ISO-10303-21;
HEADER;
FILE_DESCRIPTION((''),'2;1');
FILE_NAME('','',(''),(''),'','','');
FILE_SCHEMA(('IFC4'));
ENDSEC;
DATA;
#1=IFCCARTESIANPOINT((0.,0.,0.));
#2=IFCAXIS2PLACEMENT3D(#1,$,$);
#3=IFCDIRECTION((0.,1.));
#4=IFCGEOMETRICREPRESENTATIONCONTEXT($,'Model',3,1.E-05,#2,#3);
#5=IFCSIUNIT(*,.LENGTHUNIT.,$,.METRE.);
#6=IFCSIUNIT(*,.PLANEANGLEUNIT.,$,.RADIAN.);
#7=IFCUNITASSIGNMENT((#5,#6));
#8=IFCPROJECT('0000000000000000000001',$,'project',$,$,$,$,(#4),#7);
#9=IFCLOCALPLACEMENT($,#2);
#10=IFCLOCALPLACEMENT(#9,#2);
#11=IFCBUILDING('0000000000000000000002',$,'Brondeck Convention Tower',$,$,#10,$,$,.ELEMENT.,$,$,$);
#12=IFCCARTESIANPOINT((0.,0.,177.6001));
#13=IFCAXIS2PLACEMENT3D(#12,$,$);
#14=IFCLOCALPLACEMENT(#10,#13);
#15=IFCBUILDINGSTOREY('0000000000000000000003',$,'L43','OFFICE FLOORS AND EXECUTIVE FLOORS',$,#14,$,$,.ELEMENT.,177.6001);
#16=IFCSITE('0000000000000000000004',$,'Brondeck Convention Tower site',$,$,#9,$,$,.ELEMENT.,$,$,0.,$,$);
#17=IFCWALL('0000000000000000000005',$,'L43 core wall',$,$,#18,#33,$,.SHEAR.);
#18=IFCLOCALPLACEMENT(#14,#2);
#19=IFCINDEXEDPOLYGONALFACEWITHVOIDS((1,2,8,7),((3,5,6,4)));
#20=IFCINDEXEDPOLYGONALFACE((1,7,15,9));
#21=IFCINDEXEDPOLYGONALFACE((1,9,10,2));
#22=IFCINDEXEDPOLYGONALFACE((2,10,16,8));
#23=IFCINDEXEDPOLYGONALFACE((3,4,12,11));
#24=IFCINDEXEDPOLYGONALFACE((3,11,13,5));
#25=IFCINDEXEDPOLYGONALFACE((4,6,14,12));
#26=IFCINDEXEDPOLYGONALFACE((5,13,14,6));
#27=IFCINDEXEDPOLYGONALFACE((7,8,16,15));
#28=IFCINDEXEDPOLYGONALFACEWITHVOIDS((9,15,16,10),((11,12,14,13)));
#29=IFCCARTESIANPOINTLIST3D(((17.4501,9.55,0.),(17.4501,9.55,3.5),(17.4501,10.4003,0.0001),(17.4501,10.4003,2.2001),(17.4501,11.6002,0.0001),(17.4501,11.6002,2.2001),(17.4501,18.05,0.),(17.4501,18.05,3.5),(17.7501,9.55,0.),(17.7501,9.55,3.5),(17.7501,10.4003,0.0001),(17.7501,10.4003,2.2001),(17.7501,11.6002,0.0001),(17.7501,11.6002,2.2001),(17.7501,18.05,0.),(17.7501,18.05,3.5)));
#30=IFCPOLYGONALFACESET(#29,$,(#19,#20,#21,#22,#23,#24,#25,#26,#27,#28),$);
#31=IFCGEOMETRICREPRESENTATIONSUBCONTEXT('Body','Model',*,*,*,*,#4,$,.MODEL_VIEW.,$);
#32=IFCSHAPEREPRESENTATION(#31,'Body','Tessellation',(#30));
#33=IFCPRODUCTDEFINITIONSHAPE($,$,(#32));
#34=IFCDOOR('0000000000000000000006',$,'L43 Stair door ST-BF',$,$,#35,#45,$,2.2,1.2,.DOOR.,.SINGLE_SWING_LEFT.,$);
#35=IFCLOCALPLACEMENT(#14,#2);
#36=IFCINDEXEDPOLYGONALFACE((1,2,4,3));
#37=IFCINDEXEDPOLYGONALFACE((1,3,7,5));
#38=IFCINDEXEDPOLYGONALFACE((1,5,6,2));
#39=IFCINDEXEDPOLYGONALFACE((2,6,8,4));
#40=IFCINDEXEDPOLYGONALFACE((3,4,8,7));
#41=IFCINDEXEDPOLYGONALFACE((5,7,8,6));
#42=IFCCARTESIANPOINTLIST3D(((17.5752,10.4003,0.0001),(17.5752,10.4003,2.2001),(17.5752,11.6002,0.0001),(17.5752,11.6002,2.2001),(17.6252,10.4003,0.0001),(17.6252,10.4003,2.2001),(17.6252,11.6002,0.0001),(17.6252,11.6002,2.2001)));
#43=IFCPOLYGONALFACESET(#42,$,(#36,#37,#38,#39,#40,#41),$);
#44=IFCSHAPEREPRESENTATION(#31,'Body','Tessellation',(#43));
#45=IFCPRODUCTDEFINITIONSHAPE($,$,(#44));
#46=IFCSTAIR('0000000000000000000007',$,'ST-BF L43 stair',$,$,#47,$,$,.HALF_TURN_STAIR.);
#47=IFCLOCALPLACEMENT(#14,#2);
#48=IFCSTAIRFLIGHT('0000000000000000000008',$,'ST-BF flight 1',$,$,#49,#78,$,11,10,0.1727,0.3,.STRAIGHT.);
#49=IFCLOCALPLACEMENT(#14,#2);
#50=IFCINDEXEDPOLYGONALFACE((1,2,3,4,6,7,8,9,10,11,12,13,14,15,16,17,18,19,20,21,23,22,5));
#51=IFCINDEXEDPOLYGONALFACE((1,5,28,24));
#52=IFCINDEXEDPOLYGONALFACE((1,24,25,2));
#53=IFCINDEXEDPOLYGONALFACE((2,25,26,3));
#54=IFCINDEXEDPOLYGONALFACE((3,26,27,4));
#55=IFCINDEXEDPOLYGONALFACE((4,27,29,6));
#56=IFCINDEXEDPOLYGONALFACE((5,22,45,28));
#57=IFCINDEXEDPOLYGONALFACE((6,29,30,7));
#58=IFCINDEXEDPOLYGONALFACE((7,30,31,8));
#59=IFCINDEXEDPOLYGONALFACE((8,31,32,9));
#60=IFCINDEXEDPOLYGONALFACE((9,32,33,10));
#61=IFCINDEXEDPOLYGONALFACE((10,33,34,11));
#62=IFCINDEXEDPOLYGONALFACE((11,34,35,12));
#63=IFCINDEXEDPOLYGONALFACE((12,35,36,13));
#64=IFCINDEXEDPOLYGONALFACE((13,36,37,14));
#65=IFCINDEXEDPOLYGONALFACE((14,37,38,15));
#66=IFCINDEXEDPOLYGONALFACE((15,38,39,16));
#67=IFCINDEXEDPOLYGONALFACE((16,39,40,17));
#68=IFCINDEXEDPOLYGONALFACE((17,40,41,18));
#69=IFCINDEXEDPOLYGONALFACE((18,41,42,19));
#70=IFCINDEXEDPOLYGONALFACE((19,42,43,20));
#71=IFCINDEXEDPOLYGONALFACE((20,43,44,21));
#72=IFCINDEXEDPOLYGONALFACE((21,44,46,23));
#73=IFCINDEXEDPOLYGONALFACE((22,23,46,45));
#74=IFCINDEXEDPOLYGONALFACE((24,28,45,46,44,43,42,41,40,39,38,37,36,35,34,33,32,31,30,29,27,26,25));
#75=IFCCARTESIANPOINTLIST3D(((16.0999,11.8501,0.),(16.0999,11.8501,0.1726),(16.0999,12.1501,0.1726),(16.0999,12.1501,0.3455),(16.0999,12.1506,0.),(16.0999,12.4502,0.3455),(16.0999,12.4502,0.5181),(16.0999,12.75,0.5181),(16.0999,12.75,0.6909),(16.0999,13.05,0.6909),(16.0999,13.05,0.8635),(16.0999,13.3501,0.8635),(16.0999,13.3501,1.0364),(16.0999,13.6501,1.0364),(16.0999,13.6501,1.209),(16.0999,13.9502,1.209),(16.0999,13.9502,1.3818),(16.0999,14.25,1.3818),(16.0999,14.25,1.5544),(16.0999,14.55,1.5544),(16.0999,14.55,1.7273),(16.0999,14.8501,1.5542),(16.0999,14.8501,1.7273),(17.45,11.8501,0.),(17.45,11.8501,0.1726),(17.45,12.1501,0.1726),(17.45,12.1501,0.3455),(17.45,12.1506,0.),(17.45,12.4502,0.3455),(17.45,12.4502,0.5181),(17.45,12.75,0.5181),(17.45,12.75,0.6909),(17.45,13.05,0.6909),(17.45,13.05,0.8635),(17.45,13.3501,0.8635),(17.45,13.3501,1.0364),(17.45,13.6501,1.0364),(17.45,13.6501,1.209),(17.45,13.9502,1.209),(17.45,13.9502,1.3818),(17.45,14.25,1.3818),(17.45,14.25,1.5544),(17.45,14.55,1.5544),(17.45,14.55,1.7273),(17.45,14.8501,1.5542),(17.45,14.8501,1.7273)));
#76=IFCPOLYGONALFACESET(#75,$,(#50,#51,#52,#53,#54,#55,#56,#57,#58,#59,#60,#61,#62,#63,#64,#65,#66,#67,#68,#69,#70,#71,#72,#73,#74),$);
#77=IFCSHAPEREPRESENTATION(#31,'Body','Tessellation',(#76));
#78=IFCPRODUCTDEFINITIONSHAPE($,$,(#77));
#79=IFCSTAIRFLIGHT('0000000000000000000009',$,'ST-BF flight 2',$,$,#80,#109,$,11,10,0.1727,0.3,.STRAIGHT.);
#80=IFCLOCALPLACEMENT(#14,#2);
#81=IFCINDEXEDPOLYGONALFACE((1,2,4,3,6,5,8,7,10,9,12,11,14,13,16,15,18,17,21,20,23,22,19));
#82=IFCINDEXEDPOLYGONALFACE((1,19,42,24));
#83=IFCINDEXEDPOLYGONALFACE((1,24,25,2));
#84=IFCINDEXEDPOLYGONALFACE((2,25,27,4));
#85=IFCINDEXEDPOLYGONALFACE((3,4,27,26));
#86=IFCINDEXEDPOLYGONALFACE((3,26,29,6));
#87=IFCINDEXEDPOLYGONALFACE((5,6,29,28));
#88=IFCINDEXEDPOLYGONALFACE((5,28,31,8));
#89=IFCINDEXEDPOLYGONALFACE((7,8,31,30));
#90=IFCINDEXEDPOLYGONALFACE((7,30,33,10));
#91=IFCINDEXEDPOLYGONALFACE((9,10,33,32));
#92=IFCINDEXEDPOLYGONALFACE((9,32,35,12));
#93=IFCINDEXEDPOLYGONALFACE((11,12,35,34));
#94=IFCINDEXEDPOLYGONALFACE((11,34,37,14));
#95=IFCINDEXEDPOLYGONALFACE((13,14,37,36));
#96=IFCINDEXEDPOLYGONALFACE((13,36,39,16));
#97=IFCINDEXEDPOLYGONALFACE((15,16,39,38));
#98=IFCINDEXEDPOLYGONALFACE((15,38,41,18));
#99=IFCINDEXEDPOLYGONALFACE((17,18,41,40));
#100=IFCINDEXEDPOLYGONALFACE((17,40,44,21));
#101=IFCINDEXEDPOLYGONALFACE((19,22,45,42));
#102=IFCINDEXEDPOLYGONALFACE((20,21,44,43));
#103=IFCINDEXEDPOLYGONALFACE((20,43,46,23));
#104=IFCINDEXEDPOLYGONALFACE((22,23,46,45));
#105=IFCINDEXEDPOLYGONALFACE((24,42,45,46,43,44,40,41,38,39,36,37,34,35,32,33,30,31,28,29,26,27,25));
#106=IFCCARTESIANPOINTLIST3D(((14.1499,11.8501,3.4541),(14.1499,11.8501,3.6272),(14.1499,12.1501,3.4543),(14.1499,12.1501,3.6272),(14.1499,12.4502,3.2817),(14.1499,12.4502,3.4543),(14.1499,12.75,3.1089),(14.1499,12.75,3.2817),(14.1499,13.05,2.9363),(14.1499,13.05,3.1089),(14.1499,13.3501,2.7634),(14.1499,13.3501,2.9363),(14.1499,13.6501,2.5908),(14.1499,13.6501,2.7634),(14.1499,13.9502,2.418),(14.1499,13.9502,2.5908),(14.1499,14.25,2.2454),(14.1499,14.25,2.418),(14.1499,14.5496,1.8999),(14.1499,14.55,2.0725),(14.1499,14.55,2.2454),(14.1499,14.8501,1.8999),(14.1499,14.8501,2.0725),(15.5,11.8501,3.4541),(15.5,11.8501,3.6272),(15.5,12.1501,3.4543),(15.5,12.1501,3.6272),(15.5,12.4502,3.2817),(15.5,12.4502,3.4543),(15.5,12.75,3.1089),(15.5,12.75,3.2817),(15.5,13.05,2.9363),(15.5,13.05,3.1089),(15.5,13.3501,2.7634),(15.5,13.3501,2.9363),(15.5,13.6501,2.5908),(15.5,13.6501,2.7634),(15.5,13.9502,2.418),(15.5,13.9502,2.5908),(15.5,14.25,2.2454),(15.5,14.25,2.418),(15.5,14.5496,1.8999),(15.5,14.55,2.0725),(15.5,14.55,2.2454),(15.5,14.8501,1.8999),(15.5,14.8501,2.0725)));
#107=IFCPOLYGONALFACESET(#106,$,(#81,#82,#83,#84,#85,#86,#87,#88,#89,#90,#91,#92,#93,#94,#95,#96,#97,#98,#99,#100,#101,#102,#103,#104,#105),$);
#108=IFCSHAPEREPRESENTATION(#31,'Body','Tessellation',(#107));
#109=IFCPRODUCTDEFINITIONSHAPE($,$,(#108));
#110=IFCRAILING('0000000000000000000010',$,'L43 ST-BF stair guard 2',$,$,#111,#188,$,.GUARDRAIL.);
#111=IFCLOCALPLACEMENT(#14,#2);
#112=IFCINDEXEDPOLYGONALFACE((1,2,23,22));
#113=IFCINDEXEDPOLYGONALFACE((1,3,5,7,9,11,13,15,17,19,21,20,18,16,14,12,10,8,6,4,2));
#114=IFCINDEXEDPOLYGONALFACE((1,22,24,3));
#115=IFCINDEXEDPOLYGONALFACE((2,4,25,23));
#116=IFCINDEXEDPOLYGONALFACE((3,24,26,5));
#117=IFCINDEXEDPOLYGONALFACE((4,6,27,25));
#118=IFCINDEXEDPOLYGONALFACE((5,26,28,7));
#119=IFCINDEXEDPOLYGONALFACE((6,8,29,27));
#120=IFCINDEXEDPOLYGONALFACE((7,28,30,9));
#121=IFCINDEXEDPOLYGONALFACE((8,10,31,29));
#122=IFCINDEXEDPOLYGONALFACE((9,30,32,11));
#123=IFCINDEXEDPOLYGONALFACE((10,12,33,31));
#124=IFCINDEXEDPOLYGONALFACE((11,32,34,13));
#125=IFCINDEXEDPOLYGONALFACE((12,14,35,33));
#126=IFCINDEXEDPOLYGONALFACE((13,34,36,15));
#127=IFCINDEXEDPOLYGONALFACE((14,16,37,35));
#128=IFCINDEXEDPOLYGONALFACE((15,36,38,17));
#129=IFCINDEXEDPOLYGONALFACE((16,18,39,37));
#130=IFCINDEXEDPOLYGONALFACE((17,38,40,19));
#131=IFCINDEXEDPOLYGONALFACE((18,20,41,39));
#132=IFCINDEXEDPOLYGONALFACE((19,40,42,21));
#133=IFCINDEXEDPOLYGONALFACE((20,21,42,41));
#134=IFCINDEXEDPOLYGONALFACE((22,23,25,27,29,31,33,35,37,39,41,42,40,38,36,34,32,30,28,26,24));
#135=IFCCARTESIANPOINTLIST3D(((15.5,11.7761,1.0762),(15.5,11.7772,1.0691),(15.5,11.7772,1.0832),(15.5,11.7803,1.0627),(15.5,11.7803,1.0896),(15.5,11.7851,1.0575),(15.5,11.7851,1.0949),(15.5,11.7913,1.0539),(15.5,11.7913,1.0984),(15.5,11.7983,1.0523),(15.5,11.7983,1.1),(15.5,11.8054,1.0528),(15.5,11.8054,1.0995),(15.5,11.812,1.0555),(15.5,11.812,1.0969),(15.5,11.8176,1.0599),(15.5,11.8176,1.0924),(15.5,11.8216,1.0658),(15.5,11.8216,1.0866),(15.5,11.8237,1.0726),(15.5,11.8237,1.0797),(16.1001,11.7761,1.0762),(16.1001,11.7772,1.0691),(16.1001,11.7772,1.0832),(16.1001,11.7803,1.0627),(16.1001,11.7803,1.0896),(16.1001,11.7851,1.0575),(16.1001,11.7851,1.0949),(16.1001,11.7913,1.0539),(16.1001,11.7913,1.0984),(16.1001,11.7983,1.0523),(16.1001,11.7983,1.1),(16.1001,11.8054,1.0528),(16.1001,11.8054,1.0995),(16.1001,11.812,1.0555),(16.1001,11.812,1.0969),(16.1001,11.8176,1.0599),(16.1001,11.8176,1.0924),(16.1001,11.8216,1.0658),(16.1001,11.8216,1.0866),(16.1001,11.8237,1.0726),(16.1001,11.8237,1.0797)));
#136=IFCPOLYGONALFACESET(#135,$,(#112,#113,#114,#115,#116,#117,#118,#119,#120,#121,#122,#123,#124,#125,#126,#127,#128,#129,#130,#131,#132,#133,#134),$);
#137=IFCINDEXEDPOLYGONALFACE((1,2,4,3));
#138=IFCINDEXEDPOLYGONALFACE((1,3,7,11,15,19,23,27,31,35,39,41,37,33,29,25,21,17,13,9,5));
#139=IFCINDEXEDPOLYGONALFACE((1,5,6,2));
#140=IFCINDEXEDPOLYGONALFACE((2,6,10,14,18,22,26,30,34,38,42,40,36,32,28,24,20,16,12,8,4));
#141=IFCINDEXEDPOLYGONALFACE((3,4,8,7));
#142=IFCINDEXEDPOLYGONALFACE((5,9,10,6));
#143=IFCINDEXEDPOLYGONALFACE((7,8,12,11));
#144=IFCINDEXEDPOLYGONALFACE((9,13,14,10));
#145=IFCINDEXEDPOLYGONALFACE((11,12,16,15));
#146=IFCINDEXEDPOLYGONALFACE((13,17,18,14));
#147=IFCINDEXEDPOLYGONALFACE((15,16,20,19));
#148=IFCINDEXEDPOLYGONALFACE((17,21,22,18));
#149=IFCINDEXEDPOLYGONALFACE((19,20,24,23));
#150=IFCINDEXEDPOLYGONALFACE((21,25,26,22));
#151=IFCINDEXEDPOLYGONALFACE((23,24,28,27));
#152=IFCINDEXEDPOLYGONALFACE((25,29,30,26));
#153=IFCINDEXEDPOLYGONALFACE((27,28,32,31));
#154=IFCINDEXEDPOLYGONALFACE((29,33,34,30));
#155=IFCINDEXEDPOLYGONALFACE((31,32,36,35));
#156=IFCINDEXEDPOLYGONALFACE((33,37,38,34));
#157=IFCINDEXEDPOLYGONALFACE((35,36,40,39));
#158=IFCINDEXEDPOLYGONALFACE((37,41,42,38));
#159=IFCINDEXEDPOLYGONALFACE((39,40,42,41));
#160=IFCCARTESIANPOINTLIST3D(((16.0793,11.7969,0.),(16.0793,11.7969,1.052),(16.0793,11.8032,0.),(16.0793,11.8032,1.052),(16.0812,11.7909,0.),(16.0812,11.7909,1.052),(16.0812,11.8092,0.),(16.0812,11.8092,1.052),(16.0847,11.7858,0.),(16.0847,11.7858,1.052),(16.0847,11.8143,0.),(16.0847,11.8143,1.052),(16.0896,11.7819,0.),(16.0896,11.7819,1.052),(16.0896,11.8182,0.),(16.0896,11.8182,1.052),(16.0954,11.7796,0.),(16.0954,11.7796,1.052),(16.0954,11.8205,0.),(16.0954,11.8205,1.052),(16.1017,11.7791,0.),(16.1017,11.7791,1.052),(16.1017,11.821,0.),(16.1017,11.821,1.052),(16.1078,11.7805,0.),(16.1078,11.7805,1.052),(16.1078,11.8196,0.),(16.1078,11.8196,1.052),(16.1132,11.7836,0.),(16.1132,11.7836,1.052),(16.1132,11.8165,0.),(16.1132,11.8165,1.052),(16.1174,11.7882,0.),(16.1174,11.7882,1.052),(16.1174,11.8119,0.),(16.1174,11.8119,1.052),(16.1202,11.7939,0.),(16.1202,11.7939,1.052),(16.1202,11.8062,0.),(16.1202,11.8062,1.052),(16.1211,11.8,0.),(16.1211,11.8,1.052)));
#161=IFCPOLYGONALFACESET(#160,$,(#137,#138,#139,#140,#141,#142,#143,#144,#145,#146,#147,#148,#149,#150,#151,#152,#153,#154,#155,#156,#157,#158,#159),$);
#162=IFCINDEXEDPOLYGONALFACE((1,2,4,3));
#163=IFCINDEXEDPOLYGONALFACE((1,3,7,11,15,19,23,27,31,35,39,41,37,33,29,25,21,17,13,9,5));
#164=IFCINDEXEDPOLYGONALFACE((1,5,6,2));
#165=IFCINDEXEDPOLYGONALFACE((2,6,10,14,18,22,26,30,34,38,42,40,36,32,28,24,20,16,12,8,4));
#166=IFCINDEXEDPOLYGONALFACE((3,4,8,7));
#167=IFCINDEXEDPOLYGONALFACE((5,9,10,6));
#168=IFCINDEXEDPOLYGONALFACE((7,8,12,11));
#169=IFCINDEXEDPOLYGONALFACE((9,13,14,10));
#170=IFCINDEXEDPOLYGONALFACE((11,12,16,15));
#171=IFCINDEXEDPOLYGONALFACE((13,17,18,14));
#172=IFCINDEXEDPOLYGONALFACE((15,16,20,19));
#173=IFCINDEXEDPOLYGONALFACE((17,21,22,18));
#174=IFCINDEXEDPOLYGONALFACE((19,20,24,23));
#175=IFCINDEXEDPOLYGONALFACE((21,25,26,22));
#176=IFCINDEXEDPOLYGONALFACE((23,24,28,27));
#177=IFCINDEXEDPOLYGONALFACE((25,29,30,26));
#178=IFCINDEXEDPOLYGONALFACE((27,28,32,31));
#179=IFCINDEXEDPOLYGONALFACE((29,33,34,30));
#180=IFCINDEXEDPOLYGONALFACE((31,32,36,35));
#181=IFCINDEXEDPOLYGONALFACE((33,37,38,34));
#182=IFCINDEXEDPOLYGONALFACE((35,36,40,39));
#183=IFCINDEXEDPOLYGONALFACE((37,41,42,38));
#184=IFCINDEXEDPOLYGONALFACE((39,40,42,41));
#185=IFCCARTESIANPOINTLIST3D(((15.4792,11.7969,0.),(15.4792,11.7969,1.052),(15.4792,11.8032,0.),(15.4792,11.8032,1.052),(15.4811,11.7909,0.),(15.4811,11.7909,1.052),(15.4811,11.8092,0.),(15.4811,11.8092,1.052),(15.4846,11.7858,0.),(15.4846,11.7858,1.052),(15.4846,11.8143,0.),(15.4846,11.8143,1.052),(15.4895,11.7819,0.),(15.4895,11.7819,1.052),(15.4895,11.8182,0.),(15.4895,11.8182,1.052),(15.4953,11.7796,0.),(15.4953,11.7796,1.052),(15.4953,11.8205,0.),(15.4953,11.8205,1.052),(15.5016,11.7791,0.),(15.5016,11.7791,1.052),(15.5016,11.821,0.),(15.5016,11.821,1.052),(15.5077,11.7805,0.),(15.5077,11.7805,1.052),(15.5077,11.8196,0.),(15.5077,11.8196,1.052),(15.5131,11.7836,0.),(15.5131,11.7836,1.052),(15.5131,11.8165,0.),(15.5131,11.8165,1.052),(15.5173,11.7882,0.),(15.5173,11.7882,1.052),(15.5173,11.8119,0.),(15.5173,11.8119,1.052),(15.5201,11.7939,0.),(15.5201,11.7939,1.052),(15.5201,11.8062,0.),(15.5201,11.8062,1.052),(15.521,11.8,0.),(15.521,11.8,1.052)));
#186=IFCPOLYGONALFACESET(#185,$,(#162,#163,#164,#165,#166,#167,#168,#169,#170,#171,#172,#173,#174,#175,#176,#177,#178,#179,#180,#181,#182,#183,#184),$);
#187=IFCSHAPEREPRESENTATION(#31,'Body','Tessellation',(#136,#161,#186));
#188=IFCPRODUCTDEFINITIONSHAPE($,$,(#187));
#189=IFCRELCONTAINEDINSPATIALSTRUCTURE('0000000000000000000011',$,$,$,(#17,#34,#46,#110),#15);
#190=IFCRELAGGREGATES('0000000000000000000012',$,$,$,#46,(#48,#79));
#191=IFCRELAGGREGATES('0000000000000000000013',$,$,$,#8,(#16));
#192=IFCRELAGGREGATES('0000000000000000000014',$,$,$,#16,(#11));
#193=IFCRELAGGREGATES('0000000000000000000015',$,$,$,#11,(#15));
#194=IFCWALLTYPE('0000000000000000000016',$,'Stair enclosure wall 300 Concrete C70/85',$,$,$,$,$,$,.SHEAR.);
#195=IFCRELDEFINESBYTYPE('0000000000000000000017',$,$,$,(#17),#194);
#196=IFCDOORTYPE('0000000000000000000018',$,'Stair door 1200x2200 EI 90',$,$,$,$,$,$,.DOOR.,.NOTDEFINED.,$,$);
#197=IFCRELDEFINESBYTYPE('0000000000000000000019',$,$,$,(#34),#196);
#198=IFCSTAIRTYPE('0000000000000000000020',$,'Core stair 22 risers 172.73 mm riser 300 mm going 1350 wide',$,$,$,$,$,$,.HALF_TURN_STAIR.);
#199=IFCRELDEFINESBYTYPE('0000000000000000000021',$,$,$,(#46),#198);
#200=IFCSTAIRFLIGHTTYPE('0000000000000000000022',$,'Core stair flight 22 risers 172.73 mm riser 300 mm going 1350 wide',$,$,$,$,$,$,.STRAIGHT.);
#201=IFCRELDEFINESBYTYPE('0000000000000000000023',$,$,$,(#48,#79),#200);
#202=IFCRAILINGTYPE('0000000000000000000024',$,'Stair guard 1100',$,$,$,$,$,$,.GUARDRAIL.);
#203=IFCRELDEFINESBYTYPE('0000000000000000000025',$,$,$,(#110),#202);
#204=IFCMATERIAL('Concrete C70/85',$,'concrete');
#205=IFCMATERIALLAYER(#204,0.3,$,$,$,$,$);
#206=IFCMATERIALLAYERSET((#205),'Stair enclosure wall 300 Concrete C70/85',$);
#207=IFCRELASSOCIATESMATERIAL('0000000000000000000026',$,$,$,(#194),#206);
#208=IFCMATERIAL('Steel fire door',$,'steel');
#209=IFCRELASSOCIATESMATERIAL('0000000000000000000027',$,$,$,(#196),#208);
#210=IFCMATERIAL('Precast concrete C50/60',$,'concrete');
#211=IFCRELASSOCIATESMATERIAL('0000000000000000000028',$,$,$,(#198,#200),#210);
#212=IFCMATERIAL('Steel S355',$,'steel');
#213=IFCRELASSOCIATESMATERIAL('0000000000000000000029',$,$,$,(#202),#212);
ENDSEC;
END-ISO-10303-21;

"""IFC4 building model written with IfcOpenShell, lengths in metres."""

from ifc_helpers import new_model, si_unit, direction, frame, frame_2d, origin, origin_2d, place, context, subcontext, project, spatial, polyline, rectangle, circle, outline, extrude, material, layer, layer_set, type_object, element, fill, aggregate, save


model = new_model("IFC4")

# Units and contexts
model_context = context("Model", 3, precision=1e-05, world=origin(), true_north=direction((0.0, 1.0)))
body_context = subcontext(model_context, "Body", "Model", "MODEL_VIEW")
ifc_project = project(units=[si_unit("LENGTHUNIT", "METRE"), si_unit("PLANEANGLEUNIT", "RADIAN")], contexts=[model_context])

# Site, building, storey
site_placement = place(None, origin())
site = spatial("IfcSite", under=ifc_project, at=site_placement, Name="Brondeck Convention Tower site", CompositionType="ELEMENT", RefElevation=0.0)
building_placement = place(site_placement, origin())
building = spatial("IfcBuilding", under=site, at=building_placement, Name="Brondeck Convention Tower", CompositionType="ELEMENT")
storey_placement = place(building_placement, frame((0.0, 0.0, 177.6001)))
storey = spatial("IfcBuildingStorey", under=building, at=storey_placement, Name="L43", Description="OFFICE FLOORS AND EXECUTIVE FLOORS", CompositionType="ELEMENT", Elevation=177.6001)

# Shared definitions
ifc_material_1 = material(Name="Concrete C70/85", Category="concrete")

# Shared definitions
ifc_material_2 = material(Name="Steel S355", Category="steel")

# Shared definitions
ifc_layer_1 = layer(ifc_material_1, 0.3)
ifc_layer_set_1 = layer_set([ifc_layer_1], Name="Stair enclosure wall 300 Concrete C70/85")
wall_type_1 = type_object("IfcWallType", Name="Stair enclosure wall 300 Concrete C70/85", PredefinedType="SHEAR", material=ifc_layer_set_1)

# Wall, opening, door
wall_1_placement = place(storey_placement, frame((17.6001, 9.55, 0.0), z_axis=(0.0, 0.0, 1.0), x_axis=(0.0, 1.0, 0.0)))
wall_1 = element("IfcWall", 1, at=wall_1_placement, inside=storey, type_object=wall_type_1, Name="L43 core wall", PredefinedType="SHEAR", context=body_context, shape_type="SweptSolid", body=[
    extrude(rectangle(XDim=8.5, YDim=0.3, at=frame_2d((4.25, 0.0))), origin(), (0.0, 0.0, 1.0), 3.5),
])
opening_1_placement = place(wall_1_placement, frame((0.8501, 0.0, 0.0)))
opening_1 = element("IfcOpeningElement", 2, at=opening_1_placement, cuts=wall_1, PredefinedType="OPENING", context=body_context, shape_type="SweptSolid", body=[
    extrude(rectangle(XDim=1.2, YDim=2.2, at=frame_2d((0.6001, 1.1001))), frame((0.0, 0.1599, 0.0), z_axis=(0.0, -1.0, 0.0), x_axis=(1.0, 0.0, 0.0)), (0.0, 0.0, 1.0), 0.3201),
])
ifc_material_3 = material(Name="Steel fire door", Category="steel")
door_type_1 = type_object("IfcDoorType", Name="Stair door 1200x2200 EI 90", OperationType="NOTDEFINED", PredefinedType="DOOR", material=ifc_material_3)
door_1_placement = place(opening_1_placement, origin())
door_1 = element("IfcDoor", 3, at=door_1_placement, inside=storey, type_object=door_type_1, Name="L43 Stair door ST-BF", OperationType="SINGLE_SWING_LEFT", OverallHeight=2.2, OverallWidth=1.2, PredefinedType="DOOR", context=body_context, shape_type="SweptSolid", body=[
    extrude(rectangle(XDim=1.2, YDim=2.2, at=frame_2d((0.6001, 1.1001))), frame((0.0, 0.0249, 0.0), z_axis=(0.0, -1.0, 0.0), x_axis=(1.0, 0.0, 0.0)), (0.0, 0.0, 1.0), 0.05),
])
fill(opening_1, door_1)

# Stair, stair flights
ifc_material_4 = material(Name="Precast concrete C50/60", Category="concrete")
stair_type = type_object("IfcStairType", Name="Core stair 22 risers 172.73 mm riser 300 mm going 1350 wide", PredefinedType="HALF_TURN_STAIR", material=ifc_material_4)
stair_placement = place(storey_placement, origin())
stair = element("IfcStair", 4, at=stair_placement, inside=storey, type_object=stair_type, Name="ST-BF L43 stair", PredefinedType="HALF_TURN_STAIR")
stair_flight_type = type_object("IfcStairFlightType", Name="Core stair flight 22 risers 172.73 mm riser 300 mm going 1350 wide", PredefinedType="STRAIGHT", material=ifc_material_4)
stair_flight_1_placement = place(storey_placement, frame((16.7749, 11.8501, 0.0), z_axis=(0.0, 0.0, 1.0), x_axis=(0.0, 1.0, 0.0)))
stair_flight_1 = element("IfcStairFlight", 5, at=stair_flight_1_placement, type_object=stair_flight_type, Name="ST-BF flight 1", NumberOfRisers=11, NumberOfTreads=10, PredefinedType="STRAIGHT", RiserHeight=0.1727, TreadLength=0.3, context=body_context, shape_type="SweptSolid", body=[
    extrude(outline(polyline([(0.0, 0.0), (0.0, 0.1726), (0.3, 0.1726), (0.3, 0.3455), (0.6001, 0.3455), (0.6001, 0.5181), (0.8999, 0.5181), (0.8999, 0.6909), (1.2, 0.6909), (1.2, 0.8635), (1.5, 0.8635), (1.5, 1.0364), (1.8, 1.0364), (1.8, 1.209), (2.1001, 1.209), (2.1001, 1.3818), (2.3999, 1.3818), (2.3999, 1.5544), (2.7, 1.5544), (2.7, 1.7273), (3.0, 1.7273), (3.0, 1.8999), (3.0, 1.5542), (0.3005, 0.0), (0.0, 0.0)])), frame((0.0, 0.675, 0.0), z_axis=(0.0, -1.0, 0.0), x_axis=(1.0, 0.0, 0.0)), (0.0, 0.0, 1.0), 1.3501),
])
stair_flight_2_placement = place(storey_placement, frame((14.825, 14.8501, 1.8999), z_axis=(0.0, 0.0, 1.0), x_axis=(0.0, -1.0, 0.0)))
stair_flight_2 = element("IfcStairFlight", 6, at=stair_flight_2_placement, type_object=stair_flight_type, Name="ST-BF flight 2", NumberOfRisers=11, NumberOfTreads=10, PredefinedType="STRAIGHT", RiserHeight=0.1727, TreadLength=0.3, context=body_context, shape_type="SweptSolid", body=[
    extrude(outline(polyline([(0.0, 0.0), (0.0, 0.1726), (0.3, 0.1726), (0.3, 0.3455), (0.6001, 0.3455), (0.6001, 0.5181), (0.8999, 0.5181), (0.8999, 0.6909), (1.2, 0.6909), (1.2, 0.8635), (1.5, 0.8635), (1.5, 1.0364), (1.8, 1.0364), (1.8, 1.209), (2.1001, 1.209), (2.1001, 1.3818), (2.3999, 1.3818), (2.3999, 1.5544), (2.7, 1.5544), (2.7, 1.7273), (3.0, 1.7273), (3.0, 1.8999), (3.0, 1.5542), (0.3005, 0.0), (0.0, 0.0)])), frame((0.0, 0.675, 0.0), z_axis=(0.0, -1.0, 0.0), x_axis=(1.0, 0.0, 0.0)), (0.0, 0.0, 1.0), 1.3501),
])
aggregate(stair, [stair_flight_1, stair_flight_2])

# Railing
railing_type_1 = type_object("IfcRailingType", Name="Stair guard 1100", PredefinedType="GUARDRAIL", material=ifc_material_2)
railing_1_placement = place(storey_placement, frame((16.1001, 11.8, 0.0)))
element("IfcRailing", 7, at=railing_1_placement, inside=storey, type_object=railing_type_1, Name="L43 ST-BF stair guard 2", PredefinedType="GUARDRAIL", context=body_context, shape_type="SweptSolid", body=[
    extrude(circle(Radius=0.0239, at=origin_2d()), frame((0.0, 0.0, 1.0762), z_axis=(-1.0, 0.0, 0.0), x_axis=(0.0, -1.0, 0.0)), (0.0, 0.0, 1.0), 0.6001),
    extrude(circle(Radius=0.021, at=origin_2d()), origin(), (0.0, 0.0, 1.0), 1.052),
    extrude(circle(Radius=0.021, at=origin_2d()), frame((-0.6001, 0.0, 0.0)), (0.0, 0.0, 1.0), 1.052),
])

save(model, "model.ifc")
